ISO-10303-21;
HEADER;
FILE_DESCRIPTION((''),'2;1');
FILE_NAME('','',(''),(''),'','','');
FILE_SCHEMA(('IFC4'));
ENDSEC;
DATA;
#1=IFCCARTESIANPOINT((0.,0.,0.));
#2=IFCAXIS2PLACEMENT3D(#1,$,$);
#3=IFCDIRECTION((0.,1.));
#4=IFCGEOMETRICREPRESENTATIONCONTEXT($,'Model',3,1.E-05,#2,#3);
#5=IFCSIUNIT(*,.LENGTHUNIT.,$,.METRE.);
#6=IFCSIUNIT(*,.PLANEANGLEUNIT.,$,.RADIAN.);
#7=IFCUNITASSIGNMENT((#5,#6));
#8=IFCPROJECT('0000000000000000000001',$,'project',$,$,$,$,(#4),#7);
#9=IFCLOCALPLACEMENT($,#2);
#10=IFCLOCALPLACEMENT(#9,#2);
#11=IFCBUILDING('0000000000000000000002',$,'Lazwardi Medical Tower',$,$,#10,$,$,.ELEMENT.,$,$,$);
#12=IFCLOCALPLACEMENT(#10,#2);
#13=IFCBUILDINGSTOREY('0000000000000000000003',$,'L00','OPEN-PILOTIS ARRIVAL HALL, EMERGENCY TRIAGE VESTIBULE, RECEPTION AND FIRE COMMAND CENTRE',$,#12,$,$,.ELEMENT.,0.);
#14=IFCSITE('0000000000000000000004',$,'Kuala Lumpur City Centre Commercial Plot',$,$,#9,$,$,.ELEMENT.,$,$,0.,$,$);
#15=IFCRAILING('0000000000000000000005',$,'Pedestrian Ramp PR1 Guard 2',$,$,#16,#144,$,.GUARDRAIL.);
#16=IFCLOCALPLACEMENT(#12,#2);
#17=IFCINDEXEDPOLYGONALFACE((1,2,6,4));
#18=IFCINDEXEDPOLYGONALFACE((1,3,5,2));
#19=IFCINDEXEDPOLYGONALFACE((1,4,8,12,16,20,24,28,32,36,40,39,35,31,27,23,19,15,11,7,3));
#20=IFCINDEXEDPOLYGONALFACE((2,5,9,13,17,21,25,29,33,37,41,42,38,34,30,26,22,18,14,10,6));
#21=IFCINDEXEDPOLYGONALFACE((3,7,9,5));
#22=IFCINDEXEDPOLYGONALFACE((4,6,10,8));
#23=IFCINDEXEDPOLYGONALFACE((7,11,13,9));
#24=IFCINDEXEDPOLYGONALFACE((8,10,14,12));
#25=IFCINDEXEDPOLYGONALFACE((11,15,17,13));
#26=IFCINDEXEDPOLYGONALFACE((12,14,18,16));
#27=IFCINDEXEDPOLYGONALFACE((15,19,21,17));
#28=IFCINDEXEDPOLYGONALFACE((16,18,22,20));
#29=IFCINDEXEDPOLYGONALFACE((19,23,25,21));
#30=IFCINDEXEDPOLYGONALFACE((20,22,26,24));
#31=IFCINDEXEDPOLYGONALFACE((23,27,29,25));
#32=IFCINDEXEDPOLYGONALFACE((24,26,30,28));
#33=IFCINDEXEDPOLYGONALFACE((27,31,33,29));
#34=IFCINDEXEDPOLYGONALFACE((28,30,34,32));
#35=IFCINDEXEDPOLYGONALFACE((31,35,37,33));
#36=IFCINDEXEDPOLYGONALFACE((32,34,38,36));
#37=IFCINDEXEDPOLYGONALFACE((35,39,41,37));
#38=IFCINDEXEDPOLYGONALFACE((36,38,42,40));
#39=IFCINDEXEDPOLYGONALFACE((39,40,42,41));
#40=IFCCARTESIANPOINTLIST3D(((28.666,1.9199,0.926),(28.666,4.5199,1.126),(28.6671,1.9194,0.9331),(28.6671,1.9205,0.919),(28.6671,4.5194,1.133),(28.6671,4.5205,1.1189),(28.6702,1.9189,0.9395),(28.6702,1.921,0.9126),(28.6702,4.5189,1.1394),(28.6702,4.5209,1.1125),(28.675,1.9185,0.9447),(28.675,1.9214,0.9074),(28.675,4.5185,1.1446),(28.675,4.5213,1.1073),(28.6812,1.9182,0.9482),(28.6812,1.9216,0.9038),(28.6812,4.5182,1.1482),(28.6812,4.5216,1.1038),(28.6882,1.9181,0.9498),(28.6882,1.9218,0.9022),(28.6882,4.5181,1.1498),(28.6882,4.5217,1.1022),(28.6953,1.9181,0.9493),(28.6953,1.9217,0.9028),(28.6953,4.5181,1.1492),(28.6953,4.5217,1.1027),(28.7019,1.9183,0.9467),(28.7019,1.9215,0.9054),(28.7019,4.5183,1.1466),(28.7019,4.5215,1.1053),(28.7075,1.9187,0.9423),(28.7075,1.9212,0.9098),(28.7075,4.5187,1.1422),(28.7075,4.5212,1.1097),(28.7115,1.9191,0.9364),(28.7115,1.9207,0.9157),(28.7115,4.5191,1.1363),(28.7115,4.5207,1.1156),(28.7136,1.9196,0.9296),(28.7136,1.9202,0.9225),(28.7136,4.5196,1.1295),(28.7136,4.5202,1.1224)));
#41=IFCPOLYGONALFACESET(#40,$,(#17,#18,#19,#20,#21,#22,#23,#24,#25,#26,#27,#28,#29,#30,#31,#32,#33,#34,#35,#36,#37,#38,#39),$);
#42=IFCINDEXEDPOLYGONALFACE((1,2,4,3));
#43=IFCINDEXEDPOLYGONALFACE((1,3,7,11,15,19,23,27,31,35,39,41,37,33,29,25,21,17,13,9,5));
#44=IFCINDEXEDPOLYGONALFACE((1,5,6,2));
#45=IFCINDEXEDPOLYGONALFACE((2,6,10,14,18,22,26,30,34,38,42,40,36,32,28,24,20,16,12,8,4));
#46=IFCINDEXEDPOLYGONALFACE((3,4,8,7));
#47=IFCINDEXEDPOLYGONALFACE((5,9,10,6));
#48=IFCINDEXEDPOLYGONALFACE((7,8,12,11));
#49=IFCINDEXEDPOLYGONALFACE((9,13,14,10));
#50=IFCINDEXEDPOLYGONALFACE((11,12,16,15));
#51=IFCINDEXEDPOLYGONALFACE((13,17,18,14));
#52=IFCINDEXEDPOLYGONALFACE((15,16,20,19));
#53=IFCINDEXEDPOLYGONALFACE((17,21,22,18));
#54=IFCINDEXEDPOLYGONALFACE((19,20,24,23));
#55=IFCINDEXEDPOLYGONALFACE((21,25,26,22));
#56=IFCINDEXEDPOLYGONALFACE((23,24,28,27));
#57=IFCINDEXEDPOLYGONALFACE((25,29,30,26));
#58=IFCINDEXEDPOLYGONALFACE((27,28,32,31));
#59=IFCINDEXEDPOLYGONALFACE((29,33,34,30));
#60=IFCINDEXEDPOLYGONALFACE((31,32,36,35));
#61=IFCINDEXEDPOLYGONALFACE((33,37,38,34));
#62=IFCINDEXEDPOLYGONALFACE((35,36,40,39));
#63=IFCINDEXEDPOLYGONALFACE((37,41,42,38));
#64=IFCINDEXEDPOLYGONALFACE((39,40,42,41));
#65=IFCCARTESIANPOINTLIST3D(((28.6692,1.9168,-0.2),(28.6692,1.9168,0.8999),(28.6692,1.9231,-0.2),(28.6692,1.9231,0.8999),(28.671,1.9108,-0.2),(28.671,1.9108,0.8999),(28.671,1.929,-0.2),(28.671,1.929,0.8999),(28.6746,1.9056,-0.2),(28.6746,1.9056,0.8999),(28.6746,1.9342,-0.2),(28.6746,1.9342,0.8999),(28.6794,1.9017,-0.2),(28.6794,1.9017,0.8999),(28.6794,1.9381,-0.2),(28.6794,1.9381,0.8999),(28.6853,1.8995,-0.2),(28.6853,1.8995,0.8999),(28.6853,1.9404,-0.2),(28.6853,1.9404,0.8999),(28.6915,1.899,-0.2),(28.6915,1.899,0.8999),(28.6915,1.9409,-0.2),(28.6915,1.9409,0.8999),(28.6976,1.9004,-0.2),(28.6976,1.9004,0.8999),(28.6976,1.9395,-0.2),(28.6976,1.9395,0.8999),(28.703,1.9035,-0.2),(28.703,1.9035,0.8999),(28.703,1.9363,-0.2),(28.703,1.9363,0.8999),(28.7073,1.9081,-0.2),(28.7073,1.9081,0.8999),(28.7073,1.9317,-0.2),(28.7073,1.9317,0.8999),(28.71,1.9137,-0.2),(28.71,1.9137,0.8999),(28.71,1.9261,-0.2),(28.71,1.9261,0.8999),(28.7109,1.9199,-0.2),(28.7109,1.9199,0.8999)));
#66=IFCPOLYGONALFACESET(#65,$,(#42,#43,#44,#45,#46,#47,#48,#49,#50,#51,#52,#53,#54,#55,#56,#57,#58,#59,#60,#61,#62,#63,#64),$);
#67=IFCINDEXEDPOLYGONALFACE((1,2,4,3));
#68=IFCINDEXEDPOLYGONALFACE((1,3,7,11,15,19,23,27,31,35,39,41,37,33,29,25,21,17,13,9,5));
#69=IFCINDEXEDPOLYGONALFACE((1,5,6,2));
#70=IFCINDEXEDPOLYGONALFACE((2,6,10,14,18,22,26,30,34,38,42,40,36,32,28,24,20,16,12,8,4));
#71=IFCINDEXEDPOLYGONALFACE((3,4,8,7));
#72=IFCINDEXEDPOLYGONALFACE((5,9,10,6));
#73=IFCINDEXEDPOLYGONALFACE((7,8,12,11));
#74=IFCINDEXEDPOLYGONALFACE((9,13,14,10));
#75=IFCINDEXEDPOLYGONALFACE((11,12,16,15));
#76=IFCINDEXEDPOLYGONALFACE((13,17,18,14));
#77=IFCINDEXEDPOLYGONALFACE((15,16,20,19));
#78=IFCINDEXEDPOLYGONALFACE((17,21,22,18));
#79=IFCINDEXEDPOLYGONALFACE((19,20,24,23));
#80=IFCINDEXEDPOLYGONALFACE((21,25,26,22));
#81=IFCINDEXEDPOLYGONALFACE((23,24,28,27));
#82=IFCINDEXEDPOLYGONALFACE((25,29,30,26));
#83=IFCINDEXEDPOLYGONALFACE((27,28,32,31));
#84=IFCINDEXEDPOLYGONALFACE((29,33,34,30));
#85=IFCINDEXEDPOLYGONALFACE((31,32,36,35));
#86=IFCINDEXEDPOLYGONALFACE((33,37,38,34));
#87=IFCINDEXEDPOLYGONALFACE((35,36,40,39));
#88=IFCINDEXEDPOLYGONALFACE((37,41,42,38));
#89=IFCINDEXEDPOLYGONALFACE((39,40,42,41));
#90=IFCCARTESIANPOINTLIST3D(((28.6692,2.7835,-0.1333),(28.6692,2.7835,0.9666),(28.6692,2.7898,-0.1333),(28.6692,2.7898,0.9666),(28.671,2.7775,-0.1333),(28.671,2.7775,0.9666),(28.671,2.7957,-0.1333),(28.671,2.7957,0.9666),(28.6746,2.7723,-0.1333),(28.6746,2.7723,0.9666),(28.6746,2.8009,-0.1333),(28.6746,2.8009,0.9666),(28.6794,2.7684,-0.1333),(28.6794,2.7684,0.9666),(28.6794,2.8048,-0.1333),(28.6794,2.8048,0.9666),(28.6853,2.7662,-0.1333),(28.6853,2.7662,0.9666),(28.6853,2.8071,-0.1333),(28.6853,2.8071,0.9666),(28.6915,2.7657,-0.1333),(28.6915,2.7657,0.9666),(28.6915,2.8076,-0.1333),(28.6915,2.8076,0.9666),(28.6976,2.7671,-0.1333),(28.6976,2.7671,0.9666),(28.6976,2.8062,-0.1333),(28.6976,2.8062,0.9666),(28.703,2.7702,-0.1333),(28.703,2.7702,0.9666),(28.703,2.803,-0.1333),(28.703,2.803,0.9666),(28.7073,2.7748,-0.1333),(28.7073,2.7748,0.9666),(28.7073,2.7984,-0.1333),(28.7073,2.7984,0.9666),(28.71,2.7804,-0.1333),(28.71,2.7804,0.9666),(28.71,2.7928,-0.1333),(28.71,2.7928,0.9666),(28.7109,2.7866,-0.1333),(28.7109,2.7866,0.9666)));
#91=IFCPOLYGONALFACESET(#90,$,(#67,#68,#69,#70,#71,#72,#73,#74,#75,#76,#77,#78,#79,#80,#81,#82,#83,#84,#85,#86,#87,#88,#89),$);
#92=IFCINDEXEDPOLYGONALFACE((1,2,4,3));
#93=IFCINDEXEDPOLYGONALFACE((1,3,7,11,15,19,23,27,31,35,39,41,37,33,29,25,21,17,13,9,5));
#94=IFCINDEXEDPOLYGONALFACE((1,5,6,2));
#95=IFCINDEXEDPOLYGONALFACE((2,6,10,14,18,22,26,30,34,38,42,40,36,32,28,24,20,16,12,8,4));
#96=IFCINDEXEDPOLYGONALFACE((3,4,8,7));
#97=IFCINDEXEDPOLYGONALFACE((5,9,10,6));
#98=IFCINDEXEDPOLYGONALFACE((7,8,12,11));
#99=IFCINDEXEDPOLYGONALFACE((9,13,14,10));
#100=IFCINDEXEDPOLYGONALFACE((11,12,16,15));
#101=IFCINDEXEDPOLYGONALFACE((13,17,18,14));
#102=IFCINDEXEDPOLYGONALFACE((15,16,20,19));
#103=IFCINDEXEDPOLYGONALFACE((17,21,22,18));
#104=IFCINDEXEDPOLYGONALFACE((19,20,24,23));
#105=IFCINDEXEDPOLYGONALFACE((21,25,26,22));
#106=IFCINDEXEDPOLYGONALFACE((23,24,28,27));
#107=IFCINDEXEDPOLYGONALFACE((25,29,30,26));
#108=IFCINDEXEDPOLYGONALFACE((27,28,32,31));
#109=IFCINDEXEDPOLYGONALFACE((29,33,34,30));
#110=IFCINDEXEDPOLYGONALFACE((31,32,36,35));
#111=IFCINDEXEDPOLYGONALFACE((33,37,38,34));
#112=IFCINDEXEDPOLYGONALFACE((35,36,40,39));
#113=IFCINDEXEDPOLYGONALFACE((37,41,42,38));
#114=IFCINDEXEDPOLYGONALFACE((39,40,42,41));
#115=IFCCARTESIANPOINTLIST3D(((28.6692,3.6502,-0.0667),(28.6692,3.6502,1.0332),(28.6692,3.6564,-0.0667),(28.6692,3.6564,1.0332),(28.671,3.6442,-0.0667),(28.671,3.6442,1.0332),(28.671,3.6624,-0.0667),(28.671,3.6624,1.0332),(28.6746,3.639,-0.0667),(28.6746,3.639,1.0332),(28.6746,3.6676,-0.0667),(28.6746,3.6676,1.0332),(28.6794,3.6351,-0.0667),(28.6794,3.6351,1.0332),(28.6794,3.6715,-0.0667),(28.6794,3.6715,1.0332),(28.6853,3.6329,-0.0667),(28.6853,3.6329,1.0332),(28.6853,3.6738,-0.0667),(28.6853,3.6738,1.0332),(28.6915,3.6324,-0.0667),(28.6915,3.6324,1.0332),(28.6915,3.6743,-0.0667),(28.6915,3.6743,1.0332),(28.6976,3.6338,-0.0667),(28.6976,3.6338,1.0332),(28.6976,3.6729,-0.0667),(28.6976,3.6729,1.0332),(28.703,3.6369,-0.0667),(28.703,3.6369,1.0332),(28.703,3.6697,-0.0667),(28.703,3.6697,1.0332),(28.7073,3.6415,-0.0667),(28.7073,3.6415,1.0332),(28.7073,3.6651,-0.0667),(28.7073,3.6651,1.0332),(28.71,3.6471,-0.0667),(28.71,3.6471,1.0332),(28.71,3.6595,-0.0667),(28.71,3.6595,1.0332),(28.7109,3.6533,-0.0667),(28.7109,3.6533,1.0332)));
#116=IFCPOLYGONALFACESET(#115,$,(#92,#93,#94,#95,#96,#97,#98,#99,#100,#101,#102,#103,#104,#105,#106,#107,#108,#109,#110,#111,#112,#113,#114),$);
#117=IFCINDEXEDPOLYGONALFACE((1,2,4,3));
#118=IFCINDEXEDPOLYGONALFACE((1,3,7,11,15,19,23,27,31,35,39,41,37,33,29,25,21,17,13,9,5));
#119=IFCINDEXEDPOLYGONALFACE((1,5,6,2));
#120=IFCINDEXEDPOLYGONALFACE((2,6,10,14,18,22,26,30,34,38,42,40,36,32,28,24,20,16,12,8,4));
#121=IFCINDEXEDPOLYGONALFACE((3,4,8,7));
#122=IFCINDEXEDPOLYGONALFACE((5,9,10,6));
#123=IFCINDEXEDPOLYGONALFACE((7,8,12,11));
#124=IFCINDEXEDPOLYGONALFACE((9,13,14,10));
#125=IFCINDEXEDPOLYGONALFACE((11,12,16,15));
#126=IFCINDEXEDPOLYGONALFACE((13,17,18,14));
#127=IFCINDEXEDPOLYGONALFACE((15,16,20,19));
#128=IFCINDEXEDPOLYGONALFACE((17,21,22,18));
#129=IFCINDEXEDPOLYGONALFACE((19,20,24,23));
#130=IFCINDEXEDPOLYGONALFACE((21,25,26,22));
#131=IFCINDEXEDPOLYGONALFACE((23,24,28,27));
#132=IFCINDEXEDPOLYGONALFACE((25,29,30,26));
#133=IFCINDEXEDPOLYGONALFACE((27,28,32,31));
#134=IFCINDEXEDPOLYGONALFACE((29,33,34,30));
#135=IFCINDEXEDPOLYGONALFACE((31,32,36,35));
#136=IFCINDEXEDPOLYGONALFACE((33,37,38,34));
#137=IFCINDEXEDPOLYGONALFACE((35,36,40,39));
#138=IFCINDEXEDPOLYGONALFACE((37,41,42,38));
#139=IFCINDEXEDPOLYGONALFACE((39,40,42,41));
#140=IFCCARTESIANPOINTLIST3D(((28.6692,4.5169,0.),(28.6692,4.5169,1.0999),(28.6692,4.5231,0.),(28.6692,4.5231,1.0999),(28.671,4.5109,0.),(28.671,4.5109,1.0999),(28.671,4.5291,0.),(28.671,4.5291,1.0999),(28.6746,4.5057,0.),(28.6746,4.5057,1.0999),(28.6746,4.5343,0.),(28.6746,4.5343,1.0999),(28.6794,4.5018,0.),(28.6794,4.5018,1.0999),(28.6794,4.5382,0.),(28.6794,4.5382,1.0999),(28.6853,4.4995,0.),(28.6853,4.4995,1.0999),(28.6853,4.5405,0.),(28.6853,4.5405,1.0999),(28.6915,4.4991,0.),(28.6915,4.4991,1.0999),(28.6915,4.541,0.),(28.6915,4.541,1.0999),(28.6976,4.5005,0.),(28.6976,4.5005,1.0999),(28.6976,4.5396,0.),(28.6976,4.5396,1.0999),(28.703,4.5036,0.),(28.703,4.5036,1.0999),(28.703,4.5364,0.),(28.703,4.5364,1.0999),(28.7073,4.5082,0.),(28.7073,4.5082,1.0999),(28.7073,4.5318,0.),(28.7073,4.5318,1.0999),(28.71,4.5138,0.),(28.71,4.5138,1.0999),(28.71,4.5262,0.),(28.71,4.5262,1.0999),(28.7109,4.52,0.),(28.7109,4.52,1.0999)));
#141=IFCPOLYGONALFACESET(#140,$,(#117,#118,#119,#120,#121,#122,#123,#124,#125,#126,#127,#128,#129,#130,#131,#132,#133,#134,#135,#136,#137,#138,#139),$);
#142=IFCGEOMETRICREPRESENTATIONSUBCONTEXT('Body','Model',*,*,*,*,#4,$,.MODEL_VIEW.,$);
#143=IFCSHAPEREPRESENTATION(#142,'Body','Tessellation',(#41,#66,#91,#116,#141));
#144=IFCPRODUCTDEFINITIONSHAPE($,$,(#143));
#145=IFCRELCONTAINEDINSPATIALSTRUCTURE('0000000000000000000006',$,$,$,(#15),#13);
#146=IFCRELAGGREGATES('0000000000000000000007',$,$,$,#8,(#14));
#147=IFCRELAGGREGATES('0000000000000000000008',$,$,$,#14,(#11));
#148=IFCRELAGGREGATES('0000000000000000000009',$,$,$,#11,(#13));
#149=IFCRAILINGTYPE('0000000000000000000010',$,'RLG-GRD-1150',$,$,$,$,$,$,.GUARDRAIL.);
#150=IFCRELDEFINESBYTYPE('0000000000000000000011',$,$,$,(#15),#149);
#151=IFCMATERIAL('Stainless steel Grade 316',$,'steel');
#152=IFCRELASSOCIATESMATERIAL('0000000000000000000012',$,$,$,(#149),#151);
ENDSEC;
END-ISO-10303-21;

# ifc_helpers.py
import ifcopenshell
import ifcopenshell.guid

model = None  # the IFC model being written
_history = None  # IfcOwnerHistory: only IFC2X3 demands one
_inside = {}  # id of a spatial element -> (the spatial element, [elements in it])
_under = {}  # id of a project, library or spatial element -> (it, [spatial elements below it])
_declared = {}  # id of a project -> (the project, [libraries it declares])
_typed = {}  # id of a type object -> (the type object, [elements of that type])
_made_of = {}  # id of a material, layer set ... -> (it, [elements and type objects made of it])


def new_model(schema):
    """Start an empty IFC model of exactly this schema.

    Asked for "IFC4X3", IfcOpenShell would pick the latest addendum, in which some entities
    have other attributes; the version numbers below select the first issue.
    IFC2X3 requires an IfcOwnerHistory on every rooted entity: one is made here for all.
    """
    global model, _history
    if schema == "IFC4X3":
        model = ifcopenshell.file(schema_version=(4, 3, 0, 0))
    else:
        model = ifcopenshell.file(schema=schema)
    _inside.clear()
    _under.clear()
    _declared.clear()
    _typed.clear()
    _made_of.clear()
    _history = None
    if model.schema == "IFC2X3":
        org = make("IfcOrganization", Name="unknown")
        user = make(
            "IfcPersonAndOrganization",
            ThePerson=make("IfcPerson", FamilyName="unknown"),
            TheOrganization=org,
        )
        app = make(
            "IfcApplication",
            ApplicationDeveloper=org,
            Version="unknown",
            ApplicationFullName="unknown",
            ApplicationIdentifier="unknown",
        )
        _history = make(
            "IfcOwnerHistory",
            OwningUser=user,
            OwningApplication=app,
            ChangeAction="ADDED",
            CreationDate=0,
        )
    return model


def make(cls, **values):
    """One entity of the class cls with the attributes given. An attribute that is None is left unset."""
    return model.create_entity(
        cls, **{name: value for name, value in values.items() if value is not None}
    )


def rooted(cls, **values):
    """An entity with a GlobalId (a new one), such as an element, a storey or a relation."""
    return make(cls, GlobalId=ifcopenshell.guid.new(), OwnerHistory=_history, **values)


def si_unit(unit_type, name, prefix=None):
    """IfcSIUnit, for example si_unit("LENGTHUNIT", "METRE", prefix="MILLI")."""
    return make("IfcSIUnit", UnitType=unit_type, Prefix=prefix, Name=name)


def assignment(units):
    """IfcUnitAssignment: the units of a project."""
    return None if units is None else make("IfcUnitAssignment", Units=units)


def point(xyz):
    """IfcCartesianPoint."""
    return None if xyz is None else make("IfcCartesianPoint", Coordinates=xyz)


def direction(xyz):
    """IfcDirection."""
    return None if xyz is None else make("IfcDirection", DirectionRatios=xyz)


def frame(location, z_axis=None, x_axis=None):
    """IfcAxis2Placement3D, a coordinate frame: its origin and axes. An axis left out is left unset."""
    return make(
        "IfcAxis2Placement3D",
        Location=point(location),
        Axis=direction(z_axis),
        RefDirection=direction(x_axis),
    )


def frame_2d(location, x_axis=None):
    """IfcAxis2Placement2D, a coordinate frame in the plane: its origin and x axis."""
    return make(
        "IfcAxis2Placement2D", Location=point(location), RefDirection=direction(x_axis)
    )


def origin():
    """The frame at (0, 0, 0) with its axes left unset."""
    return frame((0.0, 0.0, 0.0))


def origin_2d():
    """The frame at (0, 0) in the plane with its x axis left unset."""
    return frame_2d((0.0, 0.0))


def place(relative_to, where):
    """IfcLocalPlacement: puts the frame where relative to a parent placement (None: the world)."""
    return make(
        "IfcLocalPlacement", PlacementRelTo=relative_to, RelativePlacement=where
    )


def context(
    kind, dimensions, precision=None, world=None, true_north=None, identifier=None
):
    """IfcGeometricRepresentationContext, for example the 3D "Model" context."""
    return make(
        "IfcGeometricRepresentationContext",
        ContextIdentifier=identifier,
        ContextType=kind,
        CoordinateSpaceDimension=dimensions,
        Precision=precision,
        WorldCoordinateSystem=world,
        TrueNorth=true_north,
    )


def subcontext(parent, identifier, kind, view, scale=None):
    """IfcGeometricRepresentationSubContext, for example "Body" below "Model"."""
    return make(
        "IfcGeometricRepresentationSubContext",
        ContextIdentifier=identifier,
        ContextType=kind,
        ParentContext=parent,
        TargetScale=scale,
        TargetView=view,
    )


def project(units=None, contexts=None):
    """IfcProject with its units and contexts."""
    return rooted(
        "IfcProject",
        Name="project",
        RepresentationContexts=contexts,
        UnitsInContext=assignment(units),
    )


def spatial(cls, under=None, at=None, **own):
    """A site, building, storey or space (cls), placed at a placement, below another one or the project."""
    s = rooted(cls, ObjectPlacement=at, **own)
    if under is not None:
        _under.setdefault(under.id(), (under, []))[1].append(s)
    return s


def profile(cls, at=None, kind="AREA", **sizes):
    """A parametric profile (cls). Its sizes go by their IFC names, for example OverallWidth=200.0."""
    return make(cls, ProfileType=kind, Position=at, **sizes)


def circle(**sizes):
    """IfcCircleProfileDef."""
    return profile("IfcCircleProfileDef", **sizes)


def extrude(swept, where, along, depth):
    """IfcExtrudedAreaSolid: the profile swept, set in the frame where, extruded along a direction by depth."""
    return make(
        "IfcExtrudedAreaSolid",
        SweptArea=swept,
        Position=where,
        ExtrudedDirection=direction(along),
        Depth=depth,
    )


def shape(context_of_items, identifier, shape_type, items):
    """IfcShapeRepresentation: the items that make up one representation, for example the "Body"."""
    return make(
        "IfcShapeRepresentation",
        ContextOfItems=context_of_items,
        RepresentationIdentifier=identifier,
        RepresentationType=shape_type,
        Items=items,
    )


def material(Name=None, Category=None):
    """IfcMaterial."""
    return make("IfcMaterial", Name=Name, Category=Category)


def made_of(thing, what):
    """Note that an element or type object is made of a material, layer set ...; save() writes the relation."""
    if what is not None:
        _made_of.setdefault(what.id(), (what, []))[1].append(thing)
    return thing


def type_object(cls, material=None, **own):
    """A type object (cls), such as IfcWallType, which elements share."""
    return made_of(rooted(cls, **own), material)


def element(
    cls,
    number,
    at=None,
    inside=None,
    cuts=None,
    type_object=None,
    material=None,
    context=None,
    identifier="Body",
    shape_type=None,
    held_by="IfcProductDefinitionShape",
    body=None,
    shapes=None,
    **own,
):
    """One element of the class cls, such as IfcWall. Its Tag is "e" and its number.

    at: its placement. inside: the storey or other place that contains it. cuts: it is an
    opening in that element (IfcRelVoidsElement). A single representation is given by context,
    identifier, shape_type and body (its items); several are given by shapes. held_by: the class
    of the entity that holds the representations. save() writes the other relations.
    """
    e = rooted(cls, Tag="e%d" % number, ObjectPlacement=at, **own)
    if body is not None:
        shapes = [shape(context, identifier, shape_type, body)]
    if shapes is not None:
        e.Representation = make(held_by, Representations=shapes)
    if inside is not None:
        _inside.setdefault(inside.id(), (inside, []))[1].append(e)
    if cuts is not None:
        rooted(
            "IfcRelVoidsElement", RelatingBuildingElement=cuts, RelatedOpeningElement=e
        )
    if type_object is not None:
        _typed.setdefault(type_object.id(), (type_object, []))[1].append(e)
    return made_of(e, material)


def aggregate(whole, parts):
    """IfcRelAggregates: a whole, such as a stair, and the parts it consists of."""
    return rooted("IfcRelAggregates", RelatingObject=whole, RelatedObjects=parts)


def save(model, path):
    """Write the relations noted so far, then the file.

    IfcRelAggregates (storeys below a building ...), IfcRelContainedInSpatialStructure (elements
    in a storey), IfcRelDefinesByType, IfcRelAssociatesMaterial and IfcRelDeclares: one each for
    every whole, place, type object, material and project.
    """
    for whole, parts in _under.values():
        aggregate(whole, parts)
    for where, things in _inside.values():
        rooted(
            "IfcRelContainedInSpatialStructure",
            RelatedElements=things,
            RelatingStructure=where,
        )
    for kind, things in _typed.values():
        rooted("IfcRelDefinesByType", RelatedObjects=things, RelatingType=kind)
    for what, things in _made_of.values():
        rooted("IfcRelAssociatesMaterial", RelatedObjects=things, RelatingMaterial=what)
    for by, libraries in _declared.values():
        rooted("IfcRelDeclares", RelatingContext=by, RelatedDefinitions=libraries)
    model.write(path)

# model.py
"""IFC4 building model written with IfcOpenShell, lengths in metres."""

from ifc_helpers import new_model, si_unit, direction, frame, origin, origin_2d, place, context, subcontext, project, spatial, circle, extrude, material, type_object, element, save


model = new_model("IFC4")

# Units and contexts
model_context = context("Model", 3, precision=1e-05, world=origin(), true_north=direction((0.0, 1.0)))
body_context = subcontext(model_context, "Body", "Model", "MODEL_VIEW")
ifc_project = project(units=[si_unit("LENGTHUNIT", "METRE"), si_unit("PLANEANGLEUNIT", "RADIAN")], contexts=[model_context])

# Site, building, storey
site_placement = place(None, origin())
site = spatial("IfcSite", under=ifc_project, at=site_placement, Name="Kuala Lumpur City Centre Commercial Plot", CompositionType="ELEMENT", RefElevation=0.0)
building_placement = place(site_placement, origin())
building = spatial("IfcBuilding", under=site, at=building_placement, Name="Lazwardi Medical Tower", CompositionType="ELEMENT")
storey_placement = place(building_placement, origin())
storey = spatial("IfcBuildingStorey", under=building, at=storey_placement, Name="L00", Description="OPEN-PILOTIS ARRIVAL HALL, EMERGENCY TRIAGE VESTIBULE, RECEPTION AND FIRE COMMAND CENTRE", CompositionType="ELEMENT", Elevation=0.0)

# Railing
ifc_material_1 = material(Name="Stainless steel Grade 316", Category="steel")
railing_type = type_object("IfcRailingType", Name="RLG-GRD-1150", PredefinedType="GUARDRAIL", material=ifc_material_1)
for number, where, name in (
    (1, (28.6899, 1.9199, -0.2), "Pedestrian Ramp PR1 Guard 2"),
):
    element("IfcRailing", number, at=place(storey_placement, frame(where)), inside=storey, type_object=railing_type, Name=name, PredefinedType="GUARDRAIL", context=body_context, shape_type="SweptSolid", body=[
        extrude(circle(Radius=0.0239, at=origin_2d()), frame((0.0, 0.0, 1.126), z_axis=(0.0, 0.997056, 0.076675), x_axis=(-1.0, 0.0, 0.0)), (0.0, 0.0, 1.0), 2.6077),
        extrude(circle(Radius=0.021, at=origin_2d()), origin(), (0.0, 0.0, 1.0), 1.0999),
        extrude(circle(Radius=0.021, at=origin_2d()), frame((0.0, 0.8667, 0.0667)), (0.0, 0.0, 1.0), 1.0999),
        extrude(circle(Radius=0.021, at=origin_2d()), frame((0.0, 1.7334, 0.1333)), (0.0, 0.0, 1.0), 1.0999),
        extrude(circle(Radius=0.021, at=origin_2d()), frame((0.0, 2.6001, 0.2)), (0.0, 0.0, 1.0), 1.0999),
    ])

save(model, "model.ifc")
